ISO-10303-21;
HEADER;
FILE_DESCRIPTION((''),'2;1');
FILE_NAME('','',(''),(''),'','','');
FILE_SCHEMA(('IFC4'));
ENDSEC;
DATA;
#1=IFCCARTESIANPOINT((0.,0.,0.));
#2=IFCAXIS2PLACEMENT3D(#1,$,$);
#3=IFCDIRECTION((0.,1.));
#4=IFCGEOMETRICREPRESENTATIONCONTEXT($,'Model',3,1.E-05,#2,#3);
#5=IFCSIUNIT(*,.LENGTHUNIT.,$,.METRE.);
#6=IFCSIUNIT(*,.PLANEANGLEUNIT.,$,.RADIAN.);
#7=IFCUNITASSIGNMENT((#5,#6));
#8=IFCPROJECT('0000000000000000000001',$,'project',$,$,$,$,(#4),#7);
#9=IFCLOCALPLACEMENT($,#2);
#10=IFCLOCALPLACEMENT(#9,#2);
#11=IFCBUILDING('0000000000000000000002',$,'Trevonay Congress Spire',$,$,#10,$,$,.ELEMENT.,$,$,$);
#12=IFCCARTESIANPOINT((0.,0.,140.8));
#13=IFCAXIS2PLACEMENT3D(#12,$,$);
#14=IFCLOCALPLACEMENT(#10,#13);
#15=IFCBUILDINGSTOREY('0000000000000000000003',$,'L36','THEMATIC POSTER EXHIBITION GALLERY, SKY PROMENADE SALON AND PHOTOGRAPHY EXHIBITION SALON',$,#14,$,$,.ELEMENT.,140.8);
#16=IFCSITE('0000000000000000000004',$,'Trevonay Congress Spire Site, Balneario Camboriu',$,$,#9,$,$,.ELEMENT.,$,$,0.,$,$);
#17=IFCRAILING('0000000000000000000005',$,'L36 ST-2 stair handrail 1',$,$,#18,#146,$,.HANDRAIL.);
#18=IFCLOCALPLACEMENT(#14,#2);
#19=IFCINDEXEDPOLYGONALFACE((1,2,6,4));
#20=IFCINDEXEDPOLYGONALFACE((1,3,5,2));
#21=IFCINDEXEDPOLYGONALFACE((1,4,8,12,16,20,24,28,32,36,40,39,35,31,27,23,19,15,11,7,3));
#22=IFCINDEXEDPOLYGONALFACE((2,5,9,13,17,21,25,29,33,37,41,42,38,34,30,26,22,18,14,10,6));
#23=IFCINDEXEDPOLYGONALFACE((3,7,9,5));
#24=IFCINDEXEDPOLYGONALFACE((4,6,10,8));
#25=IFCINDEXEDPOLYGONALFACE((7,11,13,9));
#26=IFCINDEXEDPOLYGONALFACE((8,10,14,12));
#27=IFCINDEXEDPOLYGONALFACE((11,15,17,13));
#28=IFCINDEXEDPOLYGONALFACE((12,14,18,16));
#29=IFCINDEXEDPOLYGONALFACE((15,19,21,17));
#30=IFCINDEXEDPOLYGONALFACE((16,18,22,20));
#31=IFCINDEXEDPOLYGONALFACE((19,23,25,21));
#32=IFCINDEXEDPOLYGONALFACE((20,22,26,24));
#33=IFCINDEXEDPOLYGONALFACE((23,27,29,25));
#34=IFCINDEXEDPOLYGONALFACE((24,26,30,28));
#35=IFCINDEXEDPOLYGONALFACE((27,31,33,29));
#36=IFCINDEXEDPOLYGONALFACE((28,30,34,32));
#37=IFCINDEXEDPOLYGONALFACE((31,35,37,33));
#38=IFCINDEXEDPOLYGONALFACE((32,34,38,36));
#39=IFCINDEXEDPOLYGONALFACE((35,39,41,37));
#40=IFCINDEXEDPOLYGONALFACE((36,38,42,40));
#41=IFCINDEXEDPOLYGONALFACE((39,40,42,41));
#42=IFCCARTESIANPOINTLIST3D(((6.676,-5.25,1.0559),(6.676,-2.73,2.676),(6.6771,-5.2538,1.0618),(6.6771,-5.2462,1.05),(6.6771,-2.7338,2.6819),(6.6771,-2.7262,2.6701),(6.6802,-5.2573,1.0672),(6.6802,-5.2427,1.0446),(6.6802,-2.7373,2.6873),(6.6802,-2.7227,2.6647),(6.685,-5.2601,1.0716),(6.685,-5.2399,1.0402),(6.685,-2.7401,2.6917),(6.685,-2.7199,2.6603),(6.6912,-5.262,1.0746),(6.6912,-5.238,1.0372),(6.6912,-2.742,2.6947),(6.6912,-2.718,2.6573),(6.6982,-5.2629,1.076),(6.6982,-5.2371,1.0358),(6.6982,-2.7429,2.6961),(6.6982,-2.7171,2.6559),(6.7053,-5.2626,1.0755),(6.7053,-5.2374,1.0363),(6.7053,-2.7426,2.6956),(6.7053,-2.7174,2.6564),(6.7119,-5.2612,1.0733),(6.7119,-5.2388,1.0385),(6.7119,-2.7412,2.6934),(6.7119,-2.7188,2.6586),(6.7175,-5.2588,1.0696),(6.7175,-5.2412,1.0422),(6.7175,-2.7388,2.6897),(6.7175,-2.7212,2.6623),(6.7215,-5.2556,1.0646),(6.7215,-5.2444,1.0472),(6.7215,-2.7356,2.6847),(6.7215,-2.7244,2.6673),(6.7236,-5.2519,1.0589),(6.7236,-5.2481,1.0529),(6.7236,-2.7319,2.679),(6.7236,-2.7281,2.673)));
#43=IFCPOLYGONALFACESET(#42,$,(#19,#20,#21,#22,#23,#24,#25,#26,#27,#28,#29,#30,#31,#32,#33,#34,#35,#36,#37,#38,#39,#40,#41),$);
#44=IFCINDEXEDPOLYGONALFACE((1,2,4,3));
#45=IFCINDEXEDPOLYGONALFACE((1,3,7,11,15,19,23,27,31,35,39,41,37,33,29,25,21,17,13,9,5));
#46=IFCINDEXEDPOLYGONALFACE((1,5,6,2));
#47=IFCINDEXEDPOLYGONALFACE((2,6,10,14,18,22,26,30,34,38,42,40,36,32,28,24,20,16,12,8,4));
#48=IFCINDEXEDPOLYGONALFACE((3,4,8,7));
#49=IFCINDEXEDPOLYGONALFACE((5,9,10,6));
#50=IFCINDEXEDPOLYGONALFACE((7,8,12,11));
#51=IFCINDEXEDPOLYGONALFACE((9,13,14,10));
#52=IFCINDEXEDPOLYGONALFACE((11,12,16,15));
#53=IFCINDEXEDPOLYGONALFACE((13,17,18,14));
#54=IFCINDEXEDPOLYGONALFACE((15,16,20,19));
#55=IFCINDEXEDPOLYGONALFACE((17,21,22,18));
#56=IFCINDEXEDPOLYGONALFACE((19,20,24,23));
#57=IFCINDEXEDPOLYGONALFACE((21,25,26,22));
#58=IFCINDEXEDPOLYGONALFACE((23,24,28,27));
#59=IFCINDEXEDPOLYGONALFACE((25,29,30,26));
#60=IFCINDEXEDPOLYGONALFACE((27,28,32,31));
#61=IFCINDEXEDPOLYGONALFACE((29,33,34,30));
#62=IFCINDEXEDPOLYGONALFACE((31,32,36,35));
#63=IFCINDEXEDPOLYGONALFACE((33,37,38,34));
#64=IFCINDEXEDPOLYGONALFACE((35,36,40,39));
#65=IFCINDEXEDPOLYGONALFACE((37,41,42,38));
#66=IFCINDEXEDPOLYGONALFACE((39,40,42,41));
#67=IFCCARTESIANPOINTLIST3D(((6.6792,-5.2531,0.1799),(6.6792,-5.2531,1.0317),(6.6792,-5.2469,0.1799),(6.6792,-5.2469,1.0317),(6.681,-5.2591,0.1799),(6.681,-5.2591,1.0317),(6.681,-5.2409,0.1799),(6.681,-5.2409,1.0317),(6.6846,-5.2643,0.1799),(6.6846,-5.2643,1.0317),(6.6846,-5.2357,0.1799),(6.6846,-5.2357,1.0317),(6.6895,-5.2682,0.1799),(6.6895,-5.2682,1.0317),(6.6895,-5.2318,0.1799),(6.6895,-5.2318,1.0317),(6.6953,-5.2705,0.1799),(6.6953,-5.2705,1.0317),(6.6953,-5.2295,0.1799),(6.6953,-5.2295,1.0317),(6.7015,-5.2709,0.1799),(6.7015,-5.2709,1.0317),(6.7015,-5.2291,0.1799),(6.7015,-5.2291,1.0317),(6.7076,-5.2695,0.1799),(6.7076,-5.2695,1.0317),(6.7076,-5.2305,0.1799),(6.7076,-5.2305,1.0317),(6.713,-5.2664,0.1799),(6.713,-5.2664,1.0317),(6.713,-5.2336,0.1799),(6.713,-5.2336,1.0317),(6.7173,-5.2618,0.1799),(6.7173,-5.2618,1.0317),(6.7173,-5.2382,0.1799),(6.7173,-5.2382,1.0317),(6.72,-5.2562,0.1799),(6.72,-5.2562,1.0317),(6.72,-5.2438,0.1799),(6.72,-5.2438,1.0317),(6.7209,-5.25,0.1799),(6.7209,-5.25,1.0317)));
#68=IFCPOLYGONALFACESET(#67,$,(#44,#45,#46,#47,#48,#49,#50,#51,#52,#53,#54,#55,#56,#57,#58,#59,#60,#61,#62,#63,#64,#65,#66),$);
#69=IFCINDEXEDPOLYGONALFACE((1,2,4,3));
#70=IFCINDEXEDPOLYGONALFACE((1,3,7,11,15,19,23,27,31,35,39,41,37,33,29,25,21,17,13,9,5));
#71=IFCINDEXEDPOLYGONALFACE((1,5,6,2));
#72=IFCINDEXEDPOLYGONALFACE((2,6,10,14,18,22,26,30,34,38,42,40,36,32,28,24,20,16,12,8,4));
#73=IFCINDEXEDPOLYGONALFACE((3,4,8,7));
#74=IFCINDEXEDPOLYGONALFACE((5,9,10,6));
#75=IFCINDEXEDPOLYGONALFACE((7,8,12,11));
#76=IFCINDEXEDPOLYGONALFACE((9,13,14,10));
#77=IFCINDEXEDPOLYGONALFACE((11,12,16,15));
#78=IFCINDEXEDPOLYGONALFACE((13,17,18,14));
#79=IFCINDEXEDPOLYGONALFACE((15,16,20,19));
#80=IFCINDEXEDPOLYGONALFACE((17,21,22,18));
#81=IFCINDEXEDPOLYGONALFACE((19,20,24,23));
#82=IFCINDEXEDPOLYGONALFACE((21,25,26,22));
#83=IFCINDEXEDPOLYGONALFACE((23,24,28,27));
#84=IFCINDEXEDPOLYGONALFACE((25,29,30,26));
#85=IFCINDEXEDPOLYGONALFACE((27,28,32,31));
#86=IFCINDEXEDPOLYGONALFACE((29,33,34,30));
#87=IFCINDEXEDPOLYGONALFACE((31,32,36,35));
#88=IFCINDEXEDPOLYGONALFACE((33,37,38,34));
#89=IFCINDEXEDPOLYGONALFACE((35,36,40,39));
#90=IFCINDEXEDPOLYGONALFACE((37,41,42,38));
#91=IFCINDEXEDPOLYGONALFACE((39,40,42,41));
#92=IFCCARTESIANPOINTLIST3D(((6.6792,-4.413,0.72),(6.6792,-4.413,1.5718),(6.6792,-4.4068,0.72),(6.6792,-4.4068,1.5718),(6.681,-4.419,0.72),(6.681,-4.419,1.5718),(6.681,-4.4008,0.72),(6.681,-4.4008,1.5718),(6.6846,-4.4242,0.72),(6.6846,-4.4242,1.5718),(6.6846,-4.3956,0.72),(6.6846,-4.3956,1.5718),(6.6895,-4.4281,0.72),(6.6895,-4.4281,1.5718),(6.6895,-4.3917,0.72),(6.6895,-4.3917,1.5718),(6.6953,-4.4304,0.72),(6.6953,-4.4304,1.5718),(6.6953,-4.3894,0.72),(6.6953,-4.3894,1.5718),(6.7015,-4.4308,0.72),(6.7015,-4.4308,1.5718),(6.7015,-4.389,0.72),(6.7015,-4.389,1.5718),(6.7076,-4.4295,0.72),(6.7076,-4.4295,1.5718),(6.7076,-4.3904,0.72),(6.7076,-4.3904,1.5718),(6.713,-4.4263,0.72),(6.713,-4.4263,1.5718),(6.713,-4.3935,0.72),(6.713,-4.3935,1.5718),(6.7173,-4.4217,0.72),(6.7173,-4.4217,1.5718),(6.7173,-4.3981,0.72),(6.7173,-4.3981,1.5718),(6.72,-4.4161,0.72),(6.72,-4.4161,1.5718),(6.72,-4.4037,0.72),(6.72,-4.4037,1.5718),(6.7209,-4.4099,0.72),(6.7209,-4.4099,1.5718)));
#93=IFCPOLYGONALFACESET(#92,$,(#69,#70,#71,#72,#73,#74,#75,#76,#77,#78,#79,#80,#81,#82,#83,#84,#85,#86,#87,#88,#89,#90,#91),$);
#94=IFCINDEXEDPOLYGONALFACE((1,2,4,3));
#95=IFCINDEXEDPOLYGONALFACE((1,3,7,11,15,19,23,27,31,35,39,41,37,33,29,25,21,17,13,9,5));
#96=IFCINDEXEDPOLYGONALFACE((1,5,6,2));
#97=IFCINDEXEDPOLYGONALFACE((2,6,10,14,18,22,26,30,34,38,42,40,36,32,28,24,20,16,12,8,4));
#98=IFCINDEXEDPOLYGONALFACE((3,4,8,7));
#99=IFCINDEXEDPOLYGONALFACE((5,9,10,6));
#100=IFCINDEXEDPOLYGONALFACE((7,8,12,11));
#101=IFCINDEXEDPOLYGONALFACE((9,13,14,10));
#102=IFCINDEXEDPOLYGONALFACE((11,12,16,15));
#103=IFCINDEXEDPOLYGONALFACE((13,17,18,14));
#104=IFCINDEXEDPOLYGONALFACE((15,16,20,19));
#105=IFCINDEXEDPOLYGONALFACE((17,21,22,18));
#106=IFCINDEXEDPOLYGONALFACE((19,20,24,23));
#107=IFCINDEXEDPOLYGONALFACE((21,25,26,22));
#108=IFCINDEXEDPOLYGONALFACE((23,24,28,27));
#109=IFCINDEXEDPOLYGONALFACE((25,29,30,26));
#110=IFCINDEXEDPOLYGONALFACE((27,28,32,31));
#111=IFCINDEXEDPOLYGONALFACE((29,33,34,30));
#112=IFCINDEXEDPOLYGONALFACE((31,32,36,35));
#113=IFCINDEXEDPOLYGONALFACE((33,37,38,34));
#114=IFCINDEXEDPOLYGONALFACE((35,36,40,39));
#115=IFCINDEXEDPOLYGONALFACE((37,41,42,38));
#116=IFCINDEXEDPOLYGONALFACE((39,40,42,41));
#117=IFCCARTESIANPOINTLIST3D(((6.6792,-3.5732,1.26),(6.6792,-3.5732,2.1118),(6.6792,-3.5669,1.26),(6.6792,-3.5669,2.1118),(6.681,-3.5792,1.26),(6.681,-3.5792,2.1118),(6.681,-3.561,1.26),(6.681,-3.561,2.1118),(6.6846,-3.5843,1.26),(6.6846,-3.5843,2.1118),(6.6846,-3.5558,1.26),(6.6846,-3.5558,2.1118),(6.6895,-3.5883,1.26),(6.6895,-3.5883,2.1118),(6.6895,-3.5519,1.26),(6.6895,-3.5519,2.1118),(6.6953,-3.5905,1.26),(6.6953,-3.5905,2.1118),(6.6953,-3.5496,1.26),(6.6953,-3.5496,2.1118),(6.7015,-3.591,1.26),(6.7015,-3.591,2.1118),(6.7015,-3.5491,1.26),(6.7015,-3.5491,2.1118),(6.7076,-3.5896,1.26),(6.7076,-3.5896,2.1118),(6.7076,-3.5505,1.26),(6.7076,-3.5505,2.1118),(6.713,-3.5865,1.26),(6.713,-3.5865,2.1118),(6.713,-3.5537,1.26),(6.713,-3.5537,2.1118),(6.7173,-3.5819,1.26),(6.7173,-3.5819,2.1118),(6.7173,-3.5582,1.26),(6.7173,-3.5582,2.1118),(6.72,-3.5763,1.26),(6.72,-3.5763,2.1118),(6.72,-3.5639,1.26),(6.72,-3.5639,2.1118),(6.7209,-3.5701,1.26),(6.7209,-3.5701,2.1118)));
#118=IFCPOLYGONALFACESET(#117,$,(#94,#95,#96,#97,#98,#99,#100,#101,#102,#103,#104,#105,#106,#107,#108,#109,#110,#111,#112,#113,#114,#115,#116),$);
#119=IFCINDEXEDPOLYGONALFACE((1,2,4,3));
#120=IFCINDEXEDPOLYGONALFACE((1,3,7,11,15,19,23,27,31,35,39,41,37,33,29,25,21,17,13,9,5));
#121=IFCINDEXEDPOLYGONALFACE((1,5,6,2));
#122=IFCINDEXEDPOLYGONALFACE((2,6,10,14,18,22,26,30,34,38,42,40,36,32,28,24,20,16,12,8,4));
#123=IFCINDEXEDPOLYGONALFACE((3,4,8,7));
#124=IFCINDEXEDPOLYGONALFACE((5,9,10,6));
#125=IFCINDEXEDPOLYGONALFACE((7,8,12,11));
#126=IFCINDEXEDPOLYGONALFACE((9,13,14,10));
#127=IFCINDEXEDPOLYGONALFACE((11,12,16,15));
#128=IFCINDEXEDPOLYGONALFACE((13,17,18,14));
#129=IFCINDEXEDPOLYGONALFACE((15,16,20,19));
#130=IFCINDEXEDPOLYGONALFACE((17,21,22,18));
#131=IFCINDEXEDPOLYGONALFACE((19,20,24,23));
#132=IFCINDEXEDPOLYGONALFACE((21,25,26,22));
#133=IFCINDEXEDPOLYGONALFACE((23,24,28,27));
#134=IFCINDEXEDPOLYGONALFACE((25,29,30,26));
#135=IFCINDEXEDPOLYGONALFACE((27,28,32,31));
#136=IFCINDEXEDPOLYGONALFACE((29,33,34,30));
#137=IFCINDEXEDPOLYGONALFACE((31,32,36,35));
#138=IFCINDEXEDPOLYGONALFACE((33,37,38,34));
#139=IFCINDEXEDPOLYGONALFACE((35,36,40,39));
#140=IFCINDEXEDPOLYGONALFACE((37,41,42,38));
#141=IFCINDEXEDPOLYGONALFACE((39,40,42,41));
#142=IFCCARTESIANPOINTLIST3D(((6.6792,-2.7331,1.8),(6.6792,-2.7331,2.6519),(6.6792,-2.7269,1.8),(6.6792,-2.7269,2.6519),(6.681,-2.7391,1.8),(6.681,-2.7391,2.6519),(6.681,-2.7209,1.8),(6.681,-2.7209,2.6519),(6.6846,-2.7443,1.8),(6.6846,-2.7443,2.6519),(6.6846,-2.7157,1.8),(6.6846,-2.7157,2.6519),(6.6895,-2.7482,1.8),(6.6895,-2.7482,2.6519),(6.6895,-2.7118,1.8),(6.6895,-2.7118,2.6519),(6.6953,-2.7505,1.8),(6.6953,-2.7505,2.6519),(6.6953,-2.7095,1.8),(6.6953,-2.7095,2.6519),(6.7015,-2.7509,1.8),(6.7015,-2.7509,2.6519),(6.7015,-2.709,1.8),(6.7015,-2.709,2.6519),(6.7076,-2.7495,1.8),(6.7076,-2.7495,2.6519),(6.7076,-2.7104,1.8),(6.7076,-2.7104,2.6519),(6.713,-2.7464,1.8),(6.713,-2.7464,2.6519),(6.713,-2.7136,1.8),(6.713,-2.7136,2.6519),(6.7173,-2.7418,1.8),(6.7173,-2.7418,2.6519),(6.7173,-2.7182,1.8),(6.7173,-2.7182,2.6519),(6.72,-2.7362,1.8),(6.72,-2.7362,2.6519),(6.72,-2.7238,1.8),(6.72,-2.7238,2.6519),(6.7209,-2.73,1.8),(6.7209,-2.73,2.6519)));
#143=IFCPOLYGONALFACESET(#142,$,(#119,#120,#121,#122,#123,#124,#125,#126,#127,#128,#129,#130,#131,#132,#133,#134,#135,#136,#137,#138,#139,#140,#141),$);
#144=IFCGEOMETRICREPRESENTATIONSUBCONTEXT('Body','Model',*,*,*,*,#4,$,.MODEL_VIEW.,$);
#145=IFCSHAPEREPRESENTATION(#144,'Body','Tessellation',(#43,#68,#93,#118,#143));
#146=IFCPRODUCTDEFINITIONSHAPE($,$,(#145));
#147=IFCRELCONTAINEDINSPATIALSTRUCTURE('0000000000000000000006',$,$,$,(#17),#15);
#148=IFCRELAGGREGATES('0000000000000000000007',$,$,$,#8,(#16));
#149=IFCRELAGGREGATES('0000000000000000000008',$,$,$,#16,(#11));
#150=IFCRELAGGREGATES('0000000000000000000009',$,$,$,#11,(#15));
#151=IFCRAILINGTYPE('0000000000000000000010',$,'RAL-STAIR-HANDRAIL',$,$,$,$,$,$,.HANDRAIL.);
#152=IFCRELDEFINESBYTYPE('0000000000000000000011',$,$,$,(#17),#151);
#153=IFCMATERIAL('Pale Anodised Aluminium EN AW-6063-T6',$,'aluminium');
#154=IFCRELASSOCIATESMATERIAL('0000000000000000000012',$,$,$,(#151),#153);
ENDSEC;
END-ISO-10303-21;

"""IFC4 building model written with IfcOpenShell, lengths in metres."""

from ifc_helpers import new_model, si_unit, direction, frame, origin, origin_2d, place, context, subcontext, project, spatial, circle, extrude, material, type_object, element, save


model = new_model("IFC4")

# Units and contexts
model_context = context("Model", 3, precision=1e-05, world=origin(), true_north=direction((0.0, 1.0)))
body_context = subcontext(model_context, "Body", "Model", "MODEL_VIEW")
ifc_project = project(units=[si_unit("LENGTHUNIT", "METRE"), si_unit("PLANEANGLEUNIT", "RADIAN")], contexts=[model_context])

# Site, building, storey
site_placement = place(None, origin())
site = spatial("IfcSite", under=ifc_project, at=site_placement, Name="Trevonay Congress Spire Site, Balneario Camboriu", CompositionType="ELEMENT", RefElevation=0.0)
building_placement = place(site_placement, origin())
building = spatial("IfcBuilding", under=site, at=building_placement, Name="Trevonay Congress Spire", CompositionType="ELEMENT")
storey_placement = place(building_placement, frame((0.0, 0.0, 140.8)))
storey = spatial("IfcBuildingStorey", under=building, at=storey_placement, Name="L36", Description="THEMATIC POSTER EXHIBITION GALLERY, SKY PROMENADE SALON AND PHOTOGRAPHY EXHIBITION SALON", CompositionType="ELEMENT", Elevation=140.8)

# Shared definitions
ifc_material_1 = material(Name="Pale Anodised Aluminium EN AW-6063-T6", Category="aluminium")

# Railing
railing_type_1 = type_object("IfcRailingType", Name="RAL-STAIR-HANDRAIL", PredefinedType="HANDRAIL", material=ifc_material_1)
railing_1_placement = place(storey_placement, frame((6.7, -5.25, 0.1799)))
element("IfcRailing", 1, at=railing_1_placement, inside=storey, type_object=railing_type_1, Name="L36 ST-2 stair handrail 1", PredefinedType="HANDRAIL", context=body_context, shape_type="SweptSolid", body=[
    extrude(circle(Radius=0.0239, at=origin_2d()), frame((0.0, 0.0, 0.876), z_axis=(0.0, 0.841163, 0.540782), x_axis=(-1.0, 0.0, 0.0)), (0.0, 0.0, 1.0), 2.9958),
    extrude(circle(Radius=0.021, at=origin_2d()), origin(), (0.0, 0.0, 1.0), 0.8518),
    extrude(circle(Radius=0.021, at=origin_2d()), frame((0.0, 0.8401, 0.54)), (0.0, 0.0, 1.0), 0.8518),
    extrude(circle(Radius=0.021, at=origin_2d()), frame((0.0, 1.6799, 1.0801)), (0.0, 0.0, 1.0), 0.8518),
    extrude(circle(Radius=0.021, at=origin_2d()), frame((0.0, 2.52, 1.6201)), (0.0, 0.0, 1.0), 0.8518),
])

save(model, "model.ifc")
